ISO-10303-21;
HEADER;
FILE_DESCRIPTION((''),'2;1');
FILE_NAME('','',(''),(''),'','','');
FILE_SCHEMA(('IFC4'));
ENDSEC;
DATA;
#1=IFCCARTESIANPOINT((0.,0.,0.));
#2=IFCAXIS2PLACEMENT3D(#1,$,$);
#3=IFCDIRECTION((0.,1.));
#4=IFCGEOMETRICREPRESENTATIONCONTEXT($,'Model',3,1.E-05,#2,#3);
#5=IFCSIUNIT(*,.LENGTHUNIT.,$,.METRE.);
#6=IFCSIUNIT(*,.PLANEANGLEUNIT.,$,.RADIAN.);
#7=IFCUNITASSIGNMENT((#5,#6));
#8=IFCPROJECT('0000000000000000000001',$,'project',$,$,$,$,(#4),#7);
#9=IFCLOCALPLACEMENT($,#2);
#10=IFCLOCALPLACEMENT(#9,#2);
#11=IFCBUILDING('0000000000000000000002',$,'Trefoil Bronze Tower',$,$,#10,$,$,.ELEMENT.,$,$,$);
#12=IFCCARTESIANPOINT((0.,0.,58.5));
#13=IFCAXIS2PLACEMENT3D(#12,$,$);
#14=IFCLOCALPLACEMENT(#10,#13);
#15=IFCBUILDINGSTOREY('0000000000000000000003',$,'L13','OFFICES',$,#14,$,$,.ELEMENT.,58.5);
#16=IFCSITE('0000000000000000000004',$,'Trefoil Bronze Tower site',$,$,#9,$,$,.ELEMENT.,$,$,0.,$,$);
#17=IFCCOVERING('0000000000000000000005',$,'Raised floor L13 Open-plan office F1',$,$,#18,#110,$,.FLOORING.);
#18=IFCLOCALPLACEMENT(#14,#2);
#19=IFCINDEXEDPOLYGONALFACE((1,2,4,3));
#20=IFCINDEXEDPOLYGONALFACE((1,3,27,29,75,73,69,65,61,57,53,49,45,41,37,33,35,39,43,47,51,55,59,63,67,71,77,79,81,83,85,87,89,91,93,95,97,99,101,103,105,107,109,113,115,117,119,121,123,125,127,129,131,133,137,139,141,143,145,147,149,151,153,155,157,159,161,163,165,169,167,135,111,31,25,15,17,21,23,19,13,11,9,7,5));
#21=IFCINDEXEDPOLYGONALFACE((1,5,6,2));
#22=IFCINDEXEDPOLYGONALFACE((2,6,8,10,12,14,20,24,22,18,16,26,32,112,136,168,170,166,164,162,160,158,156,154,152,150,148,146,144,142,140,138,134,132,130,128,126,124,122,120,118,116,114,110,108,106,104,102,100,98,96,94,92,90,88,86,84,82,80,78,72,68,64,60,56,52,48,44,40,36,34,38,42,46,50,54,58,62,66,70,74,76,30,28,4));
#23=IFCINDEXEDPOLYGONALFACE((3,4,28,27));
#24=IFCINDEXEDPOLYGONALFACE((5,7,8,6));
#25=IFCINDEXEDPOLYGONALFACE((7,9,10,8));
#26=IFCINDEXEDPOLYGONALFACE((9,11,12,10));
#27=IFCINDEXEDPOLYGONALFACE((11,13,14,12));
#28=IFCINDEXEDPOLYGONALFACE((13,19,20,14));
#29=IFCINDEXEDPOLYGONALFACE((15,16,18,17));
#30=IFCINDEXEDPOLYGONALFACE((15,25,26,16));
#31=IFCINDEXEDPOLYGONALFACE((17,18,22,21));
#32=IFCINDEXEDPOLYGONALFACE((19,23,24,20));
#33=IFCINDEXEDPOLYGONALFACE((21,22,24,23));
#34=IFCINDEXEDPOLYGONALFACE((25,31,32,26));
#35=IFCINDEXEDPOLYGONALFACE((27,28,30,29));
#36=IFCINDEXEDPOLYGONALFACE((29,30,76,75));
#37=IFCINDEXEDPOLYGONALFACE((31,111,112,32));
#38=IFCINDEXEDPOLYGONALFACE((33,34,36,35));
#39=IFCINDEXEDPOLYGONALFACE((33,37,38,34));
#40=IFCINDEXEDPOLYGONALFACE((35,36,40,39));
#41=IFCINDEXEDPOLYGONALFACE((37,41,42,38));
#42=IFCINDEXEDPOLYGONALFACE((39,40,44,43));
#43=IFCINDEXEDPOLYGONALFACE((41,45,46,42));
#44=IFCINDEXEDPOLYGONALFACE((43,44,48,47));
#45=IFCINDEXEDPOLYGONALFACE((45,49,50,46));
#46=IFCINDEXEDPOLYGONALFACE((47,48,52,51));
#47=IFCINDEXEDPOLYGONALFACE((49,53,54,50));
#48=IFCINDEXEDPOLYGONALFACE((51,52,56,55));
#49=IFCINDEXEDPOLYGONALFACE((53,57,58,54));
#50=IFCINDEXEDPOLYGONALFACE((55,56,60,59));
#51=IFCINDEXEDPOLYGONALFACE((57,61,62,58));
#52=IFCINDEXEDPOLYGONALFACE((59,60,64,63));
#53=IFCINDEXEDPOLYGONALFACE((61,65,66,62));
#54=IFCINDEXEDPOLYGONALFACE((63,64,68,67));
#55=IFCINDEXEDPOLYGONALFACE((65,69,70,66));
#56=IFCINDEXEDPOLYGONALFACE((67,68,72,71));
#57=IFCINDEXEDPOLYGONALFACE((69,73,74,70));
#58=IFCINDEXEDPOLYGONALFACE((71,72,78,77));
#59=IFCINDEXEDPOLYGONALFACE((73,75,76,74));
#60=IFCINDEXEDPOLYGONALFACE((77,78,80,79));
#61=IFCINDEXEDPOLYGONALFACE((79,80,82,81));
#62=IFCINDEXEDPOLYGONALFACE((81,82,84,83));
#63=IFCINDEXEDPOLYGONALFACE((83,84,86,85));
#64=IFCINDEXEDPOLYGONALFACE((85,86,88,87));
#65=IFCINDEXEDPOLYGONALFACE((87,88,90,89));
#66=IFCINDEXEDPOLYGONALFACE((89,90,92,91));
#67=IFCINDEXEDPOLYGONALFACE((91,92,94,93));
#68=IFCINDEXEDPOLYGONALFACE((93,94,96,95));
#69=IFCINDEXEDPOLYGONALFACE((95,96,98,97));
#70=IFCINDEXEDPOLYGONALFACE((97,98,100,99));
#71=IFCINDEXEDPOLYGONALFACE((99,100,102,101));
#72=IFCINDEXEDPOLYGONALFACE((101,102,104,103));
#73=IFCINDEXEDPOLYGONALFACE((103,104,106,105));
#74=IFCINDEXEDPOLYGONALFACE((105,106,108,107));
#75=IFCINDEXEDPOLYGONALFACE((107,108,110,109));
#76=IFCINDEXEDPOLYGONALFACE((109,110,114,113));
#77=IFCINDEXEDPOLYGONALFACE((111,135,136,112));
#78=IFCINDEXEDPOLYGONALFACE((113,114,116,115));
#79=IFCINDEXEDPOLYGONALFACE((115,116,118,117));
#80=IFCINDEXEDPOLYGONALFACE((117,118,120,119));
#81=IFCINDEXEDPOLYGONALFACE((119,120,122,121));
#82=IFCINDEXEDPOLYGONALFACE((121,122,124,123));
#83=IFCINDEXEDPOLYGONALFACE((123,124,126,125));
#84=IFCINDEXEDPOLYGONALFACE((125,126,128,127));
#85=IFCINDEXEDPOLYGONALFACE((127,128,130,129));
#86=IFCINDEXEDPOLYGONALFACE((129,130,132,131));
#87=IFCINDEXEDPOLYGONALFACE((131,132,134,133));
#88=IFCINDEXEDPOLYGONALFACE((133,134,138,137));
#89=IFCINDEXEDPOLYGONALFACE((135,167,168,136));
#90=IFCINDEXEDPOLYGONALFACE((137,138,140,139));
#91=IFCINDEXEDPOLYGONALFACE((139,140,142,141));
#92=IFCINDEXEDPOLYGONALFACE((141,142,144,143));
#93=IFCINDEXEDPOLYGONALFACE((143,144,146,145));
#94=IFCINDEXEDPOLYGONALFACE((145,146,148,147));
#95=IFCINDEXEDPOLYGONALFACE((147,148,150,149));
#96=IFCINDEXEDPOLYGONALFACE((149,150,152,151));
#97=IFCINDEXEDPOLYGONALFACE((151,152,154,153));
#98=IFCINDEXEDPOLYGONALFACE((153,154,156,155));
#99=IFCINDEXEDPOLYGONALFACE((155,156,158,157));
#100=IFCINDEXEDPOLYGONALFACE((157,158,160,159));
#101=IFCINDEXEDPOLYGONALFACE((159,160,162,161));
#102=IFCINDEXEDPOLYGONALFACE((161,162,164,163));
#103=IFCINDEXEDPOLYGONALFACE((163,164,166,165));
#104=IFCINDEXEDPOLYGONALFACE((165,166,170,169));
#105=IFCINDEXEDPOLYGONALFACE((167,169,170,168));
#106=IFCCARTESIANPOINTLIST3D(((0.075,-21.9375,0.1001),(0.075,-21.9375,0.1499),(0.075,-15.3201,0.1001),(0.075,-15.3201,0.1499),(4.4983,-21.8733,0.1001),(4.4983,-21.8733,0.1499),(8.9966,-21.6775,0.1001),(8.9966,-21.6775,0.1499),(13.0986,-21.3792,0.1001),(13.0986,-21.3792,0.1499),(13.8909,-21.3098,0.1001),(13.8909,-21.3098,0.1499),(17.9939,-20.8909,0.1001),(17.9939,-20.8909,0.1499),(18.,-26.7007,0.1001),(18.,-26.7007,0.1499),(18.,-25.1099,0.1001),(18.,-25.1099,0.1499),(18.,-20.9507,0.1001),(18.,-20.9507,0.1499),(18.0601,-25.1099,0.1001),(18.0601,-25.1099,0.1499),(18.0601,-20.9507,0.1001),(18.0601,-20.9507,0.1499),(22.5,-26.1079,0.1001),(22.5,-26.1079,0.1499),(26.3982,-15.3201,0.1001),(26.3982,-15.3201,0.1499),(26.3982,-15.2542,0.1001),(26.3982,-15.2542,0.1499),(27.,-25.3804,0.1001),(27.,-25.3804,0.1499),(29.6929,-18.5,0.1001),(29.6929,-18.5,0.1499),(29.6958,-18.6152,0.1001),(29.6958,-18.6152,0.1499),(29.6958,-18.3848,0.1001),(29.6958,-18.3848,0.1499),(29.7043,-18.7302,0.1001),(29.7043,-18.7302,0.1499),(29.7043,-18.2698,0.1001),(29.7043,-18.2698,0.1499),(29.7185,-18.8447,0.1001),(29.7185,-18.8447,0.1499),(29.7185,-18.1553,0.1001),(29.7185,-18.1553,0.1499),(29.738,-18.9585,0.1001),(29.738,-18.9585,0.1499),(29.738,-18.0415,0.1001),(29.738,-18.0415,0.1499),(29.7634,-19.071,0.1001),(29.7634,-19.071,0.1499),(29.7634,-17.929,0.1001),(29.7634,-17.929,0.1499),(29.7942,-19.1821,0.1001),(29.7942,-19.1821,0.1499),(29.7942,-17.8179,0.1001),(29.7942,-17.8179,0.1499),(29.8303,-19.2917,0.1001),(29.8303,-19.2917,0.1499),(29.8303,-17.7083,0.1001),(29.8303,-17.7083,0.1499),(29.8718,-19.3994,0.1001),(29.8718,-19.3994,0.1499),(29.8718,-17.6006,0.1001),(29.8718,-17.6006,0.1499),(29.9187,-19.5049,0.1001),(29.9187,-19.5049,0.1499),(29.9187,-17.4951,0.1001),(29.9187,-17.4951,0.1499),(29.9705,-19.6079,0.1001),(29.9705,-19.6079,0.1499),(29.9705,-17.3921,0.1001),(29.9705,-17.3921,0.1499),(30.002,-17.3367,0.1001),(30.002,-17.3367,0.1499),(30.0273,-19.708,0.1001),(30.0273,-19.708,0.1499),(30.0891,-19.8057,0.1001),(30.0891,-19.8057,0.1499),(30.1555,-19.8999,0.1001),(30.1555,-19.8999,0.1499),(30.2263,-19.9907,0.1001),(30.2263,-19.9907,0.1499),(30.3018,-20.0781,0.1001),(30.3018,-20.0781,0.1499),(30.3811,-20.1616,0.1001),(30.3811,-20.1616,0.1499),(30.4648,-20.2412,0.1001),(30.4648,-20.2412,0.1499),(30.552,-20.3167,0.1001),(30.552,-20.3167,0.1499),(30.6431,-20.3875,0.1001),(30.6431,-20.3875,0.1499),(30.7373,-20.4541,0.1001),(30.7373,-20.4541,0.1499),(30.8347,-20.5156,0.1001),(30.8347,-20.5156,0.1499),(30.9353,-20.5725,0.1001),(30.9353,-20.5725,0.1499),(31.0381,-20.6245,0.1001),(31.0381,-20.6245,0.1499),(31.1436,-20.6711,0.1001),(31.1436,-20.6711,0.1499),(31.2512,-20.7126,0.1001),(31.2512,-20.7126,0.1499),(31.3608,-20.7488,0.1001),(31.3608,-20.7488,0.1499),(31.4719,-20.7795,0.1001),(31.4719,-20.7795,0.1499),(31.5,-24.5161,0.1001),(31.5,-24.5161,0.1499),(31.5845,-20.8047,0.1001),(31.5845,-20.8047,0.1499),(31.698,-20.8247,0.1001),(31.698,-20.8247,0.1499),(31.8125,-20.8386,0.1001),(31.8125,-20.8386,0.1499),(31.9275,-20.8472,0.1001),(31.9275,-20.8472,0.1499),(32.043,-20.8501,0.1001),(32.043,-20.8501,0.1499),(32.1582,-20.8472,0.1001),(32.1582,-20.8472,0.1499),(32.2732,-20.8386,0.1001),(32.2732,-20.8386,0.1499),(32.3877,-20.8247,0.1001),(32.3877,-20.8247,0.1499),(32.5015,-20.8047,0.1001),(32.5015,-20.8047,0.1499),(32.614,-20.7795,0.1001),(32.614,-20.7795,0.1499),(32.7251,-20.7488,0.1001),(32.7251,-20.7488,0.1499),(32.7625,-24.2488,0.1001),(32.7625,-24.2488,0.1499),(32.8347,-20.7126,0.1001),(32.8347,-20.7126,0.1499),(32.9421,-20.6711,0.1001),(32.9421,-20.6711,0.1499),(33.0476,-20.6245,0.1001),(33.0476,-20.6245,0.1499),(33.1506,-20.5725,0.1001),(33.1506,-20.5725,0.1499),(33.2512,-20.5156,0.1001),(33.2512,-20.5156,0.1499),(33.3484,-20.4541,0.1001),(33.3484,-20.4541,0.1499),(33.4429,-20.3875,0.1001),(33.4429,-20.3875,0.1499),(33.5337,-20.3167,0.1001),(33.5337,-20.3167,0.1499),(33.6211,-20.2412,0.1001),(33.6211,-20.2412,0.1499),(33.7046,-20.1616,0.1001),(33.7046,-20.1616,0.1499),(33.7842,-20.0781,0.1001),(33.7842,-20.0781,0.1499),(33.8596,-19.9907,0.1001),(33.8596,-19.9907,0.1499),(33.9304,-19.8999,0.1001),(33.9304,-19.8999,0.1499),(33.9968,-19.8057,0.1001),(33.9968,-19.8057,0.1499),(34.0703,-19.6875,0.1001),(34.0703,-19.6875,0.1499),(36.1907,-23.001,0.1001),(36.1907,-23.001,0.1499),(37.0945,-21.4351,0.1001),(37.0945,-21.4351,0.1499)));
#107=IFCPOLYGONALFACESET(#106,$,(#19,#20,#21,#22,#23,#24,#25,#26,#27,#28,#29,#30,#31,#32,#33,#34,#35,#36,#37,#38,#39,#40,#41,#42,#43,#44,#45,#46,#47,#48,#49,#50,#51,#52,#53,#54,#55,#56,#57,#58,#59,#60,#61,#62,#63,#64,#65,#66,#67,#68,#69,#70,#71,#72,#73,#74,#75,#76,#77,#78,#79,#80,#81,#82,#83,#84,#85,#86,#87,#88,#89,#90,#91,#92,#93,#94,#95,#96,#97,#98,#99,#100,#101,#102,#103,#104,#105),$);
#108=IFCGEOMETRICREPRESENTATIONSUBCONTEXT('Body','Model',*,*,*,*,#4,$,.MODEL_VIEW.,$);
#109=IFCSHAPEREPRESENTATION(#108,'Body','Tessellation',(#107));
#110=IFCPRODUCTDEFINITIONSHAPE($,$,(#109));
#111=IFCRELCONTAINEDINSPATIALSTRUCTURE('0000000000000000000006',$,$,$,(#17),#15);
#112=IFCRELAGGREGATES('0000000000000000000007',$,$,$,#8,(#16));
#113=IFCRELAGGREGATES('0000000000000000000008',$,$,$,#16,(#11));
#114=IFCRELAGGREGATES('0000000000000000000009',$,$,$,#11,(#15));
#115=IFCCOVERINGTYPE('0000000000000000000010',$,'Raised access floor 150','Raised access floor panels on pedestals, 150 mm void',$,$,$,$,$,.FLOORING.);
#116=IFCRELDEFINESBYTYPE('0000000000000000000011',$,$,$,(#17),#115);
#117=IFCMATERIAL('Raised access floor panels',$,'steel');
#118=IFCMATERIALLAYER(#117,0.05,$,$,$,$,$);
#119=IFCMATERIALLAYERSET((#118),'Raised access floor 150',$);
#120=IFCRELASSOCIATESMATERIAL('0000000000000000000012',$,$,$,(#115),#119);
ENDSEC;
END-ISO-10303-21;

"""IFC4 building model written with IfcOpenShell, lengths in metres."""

from ifc_helpers import new_model, si_unit, direction, frame, origin, place, context, subcontext, project, spatial, polyline, outline, extrude, material, layer, layer_set, type_object, element, save


model = new_model("IFC4")

# Units and contexts
model_context = context("Model", 3, precision=1e-05, world=origin(), true_north=direction((0.0, 1.0)))
body_context = subcontext(model_context, "Body", "Model", "MODEL_VIEW")
ifc_project = project(units=[si_unit("LENGTHUNIT", "METRE"), si_unit("PLANEANGLEUNIT", "RADIAN")], contexts=[model_context])

# Site, building, storey
site_placement = place(None, origin())
site = spatial("IfcSite", under=ifc_project, at=site_placement, Name="Trefoil Bronze Tower site", CompositionType="ELEMENT", RefElevation=0.0)
building_placement = place(site_placement, origin())
building = spatial("IfcBuilding", under=site, at=building_placement, Name="Trefoil Bronze Tower", CompositionType="ELEMENT")
storey_placement = place(building_placement, frame((0.0, 0.0, 58.5)))
storey = spatial("IfcBuildingStorey", under=building, at=storey_placement, Name="L13", Description="OFFICES", CompositionType="ELEMENT", Elevation=58.5)

# Covering
ifc_material_1 = material(Name="Raised access floor panels", Category="steel")
ifc_layer_1 = layer(ifc_material_1, 0.05)
ifc_layer_set_1 = layer_set([ifc_layer_1], Name="Raised access floor 150")
covering_type = type_object("IfcCoveringType", Name="Raised access floor 150", Description="Raised access floor panels on pedestals, 150 mm void", PredefinedType="FLOORING", material=ifc_layer_set_1)
covering_1_placement = place(storey_placement, frame((0.0, 0.0, 0.1001)))
element("IfcCovering", 1, at=covering_1_placement, inside=storey, type_object=covering_type, Name="Raised floor L13 Open-plan office F1", PredefinedType="FLOORING", context=body_context, shape_type="SweptSolid", body=[
    extrude(outline(polyline([(18.0, -25.1099), (18.0601, -25.1099), (18.0601, -20.9507), (18.0, -20.9507), (17.9939, -20.8909), (13.8909, -21.3098), (13.0986, -21.3792), (8.9966, -21.6775), (4.4983, -21.8733), (0.075, -21.9375), (0.075, -15.3201), (26.3982, -15.3201), (26.3982, -15.2542), (30.002, -17.3367), (29.9705, -17.3921), (29.9187, -17.4951), (29.8718, -17.6006), (29.8303, -17.7083), (29.7942, -17.8179), (29.7634, -17.929), (29.738, -18.0415), (29.7185, -18.1553), (29.7043, -18.2698), (29.6958, -18.3848), (29.6929, -18.5), (29.6958, -18.6152), (29.7043, -18.7302), (29.7185, -18.8447), (29.738, -18.9585), (29.7634, -19.071), (29.7942, -19.1821), (29.8303, -19.2917), (29.8718, -19.3994), (29.9187, -19.5049), (29.9705, -19.6079), (30.0273, -19.708), (30.0891, -19.8057), (30.1555, -19.8999), (30.2263, -19.9907), (30.3018, -20.0781), (30.3811, -20.1616), (30.4648, -20.2412), (30.552, -20.3167), (30.6431, -20.3875), (30.7373, -20.4541), (30.8347, -20.5156), (30.9353, -20.5725), (31.0381, -20.6245), (31.1436, -20.6711), (31.2512, -20.7126), (31.3608, -20.7488), (31.4719, -20.7795), (31.5845, -20.8047), (31.698, -20.8247), (31.8125, -20.8386), (31.9275, -20.8472), (32.043, -20.8501), (32.1582, -20.8472), (32.2732, -20.8386), (32.3877, -20.8247), (32.5015, -20.8047), (32.614, -20.7795), (32.7251, -20.7488), (32.8347, -20.7126), (32.9421, -20.6711), (33.0476, -20.6245), (33.1506, -20.5725), (33.2512, -20.5156), (33.3484, -20.4541), (33.4429, -20.3875), (33.5337, -20.3167), (33.6211, -20.2412), (33.7046, -20.1616), (33.7842, -20.0781), (33.8596, -19.9907), (33.9304, -19.8999), (33.9968, -19.8057), (34.0703, -19.6875), (37.0945, -21.4351), (36.1907, -23.001), (32.7625, -24.2488), (31.5, -24.5161), (27.0, -25.3804), (22.5, -26.1079), (18.0, -26.7007), (18.0, -25.1099)])), origin(), (0.0, 0.0, 1.0), 0.0498),
])

save(model, "model.ifc")
